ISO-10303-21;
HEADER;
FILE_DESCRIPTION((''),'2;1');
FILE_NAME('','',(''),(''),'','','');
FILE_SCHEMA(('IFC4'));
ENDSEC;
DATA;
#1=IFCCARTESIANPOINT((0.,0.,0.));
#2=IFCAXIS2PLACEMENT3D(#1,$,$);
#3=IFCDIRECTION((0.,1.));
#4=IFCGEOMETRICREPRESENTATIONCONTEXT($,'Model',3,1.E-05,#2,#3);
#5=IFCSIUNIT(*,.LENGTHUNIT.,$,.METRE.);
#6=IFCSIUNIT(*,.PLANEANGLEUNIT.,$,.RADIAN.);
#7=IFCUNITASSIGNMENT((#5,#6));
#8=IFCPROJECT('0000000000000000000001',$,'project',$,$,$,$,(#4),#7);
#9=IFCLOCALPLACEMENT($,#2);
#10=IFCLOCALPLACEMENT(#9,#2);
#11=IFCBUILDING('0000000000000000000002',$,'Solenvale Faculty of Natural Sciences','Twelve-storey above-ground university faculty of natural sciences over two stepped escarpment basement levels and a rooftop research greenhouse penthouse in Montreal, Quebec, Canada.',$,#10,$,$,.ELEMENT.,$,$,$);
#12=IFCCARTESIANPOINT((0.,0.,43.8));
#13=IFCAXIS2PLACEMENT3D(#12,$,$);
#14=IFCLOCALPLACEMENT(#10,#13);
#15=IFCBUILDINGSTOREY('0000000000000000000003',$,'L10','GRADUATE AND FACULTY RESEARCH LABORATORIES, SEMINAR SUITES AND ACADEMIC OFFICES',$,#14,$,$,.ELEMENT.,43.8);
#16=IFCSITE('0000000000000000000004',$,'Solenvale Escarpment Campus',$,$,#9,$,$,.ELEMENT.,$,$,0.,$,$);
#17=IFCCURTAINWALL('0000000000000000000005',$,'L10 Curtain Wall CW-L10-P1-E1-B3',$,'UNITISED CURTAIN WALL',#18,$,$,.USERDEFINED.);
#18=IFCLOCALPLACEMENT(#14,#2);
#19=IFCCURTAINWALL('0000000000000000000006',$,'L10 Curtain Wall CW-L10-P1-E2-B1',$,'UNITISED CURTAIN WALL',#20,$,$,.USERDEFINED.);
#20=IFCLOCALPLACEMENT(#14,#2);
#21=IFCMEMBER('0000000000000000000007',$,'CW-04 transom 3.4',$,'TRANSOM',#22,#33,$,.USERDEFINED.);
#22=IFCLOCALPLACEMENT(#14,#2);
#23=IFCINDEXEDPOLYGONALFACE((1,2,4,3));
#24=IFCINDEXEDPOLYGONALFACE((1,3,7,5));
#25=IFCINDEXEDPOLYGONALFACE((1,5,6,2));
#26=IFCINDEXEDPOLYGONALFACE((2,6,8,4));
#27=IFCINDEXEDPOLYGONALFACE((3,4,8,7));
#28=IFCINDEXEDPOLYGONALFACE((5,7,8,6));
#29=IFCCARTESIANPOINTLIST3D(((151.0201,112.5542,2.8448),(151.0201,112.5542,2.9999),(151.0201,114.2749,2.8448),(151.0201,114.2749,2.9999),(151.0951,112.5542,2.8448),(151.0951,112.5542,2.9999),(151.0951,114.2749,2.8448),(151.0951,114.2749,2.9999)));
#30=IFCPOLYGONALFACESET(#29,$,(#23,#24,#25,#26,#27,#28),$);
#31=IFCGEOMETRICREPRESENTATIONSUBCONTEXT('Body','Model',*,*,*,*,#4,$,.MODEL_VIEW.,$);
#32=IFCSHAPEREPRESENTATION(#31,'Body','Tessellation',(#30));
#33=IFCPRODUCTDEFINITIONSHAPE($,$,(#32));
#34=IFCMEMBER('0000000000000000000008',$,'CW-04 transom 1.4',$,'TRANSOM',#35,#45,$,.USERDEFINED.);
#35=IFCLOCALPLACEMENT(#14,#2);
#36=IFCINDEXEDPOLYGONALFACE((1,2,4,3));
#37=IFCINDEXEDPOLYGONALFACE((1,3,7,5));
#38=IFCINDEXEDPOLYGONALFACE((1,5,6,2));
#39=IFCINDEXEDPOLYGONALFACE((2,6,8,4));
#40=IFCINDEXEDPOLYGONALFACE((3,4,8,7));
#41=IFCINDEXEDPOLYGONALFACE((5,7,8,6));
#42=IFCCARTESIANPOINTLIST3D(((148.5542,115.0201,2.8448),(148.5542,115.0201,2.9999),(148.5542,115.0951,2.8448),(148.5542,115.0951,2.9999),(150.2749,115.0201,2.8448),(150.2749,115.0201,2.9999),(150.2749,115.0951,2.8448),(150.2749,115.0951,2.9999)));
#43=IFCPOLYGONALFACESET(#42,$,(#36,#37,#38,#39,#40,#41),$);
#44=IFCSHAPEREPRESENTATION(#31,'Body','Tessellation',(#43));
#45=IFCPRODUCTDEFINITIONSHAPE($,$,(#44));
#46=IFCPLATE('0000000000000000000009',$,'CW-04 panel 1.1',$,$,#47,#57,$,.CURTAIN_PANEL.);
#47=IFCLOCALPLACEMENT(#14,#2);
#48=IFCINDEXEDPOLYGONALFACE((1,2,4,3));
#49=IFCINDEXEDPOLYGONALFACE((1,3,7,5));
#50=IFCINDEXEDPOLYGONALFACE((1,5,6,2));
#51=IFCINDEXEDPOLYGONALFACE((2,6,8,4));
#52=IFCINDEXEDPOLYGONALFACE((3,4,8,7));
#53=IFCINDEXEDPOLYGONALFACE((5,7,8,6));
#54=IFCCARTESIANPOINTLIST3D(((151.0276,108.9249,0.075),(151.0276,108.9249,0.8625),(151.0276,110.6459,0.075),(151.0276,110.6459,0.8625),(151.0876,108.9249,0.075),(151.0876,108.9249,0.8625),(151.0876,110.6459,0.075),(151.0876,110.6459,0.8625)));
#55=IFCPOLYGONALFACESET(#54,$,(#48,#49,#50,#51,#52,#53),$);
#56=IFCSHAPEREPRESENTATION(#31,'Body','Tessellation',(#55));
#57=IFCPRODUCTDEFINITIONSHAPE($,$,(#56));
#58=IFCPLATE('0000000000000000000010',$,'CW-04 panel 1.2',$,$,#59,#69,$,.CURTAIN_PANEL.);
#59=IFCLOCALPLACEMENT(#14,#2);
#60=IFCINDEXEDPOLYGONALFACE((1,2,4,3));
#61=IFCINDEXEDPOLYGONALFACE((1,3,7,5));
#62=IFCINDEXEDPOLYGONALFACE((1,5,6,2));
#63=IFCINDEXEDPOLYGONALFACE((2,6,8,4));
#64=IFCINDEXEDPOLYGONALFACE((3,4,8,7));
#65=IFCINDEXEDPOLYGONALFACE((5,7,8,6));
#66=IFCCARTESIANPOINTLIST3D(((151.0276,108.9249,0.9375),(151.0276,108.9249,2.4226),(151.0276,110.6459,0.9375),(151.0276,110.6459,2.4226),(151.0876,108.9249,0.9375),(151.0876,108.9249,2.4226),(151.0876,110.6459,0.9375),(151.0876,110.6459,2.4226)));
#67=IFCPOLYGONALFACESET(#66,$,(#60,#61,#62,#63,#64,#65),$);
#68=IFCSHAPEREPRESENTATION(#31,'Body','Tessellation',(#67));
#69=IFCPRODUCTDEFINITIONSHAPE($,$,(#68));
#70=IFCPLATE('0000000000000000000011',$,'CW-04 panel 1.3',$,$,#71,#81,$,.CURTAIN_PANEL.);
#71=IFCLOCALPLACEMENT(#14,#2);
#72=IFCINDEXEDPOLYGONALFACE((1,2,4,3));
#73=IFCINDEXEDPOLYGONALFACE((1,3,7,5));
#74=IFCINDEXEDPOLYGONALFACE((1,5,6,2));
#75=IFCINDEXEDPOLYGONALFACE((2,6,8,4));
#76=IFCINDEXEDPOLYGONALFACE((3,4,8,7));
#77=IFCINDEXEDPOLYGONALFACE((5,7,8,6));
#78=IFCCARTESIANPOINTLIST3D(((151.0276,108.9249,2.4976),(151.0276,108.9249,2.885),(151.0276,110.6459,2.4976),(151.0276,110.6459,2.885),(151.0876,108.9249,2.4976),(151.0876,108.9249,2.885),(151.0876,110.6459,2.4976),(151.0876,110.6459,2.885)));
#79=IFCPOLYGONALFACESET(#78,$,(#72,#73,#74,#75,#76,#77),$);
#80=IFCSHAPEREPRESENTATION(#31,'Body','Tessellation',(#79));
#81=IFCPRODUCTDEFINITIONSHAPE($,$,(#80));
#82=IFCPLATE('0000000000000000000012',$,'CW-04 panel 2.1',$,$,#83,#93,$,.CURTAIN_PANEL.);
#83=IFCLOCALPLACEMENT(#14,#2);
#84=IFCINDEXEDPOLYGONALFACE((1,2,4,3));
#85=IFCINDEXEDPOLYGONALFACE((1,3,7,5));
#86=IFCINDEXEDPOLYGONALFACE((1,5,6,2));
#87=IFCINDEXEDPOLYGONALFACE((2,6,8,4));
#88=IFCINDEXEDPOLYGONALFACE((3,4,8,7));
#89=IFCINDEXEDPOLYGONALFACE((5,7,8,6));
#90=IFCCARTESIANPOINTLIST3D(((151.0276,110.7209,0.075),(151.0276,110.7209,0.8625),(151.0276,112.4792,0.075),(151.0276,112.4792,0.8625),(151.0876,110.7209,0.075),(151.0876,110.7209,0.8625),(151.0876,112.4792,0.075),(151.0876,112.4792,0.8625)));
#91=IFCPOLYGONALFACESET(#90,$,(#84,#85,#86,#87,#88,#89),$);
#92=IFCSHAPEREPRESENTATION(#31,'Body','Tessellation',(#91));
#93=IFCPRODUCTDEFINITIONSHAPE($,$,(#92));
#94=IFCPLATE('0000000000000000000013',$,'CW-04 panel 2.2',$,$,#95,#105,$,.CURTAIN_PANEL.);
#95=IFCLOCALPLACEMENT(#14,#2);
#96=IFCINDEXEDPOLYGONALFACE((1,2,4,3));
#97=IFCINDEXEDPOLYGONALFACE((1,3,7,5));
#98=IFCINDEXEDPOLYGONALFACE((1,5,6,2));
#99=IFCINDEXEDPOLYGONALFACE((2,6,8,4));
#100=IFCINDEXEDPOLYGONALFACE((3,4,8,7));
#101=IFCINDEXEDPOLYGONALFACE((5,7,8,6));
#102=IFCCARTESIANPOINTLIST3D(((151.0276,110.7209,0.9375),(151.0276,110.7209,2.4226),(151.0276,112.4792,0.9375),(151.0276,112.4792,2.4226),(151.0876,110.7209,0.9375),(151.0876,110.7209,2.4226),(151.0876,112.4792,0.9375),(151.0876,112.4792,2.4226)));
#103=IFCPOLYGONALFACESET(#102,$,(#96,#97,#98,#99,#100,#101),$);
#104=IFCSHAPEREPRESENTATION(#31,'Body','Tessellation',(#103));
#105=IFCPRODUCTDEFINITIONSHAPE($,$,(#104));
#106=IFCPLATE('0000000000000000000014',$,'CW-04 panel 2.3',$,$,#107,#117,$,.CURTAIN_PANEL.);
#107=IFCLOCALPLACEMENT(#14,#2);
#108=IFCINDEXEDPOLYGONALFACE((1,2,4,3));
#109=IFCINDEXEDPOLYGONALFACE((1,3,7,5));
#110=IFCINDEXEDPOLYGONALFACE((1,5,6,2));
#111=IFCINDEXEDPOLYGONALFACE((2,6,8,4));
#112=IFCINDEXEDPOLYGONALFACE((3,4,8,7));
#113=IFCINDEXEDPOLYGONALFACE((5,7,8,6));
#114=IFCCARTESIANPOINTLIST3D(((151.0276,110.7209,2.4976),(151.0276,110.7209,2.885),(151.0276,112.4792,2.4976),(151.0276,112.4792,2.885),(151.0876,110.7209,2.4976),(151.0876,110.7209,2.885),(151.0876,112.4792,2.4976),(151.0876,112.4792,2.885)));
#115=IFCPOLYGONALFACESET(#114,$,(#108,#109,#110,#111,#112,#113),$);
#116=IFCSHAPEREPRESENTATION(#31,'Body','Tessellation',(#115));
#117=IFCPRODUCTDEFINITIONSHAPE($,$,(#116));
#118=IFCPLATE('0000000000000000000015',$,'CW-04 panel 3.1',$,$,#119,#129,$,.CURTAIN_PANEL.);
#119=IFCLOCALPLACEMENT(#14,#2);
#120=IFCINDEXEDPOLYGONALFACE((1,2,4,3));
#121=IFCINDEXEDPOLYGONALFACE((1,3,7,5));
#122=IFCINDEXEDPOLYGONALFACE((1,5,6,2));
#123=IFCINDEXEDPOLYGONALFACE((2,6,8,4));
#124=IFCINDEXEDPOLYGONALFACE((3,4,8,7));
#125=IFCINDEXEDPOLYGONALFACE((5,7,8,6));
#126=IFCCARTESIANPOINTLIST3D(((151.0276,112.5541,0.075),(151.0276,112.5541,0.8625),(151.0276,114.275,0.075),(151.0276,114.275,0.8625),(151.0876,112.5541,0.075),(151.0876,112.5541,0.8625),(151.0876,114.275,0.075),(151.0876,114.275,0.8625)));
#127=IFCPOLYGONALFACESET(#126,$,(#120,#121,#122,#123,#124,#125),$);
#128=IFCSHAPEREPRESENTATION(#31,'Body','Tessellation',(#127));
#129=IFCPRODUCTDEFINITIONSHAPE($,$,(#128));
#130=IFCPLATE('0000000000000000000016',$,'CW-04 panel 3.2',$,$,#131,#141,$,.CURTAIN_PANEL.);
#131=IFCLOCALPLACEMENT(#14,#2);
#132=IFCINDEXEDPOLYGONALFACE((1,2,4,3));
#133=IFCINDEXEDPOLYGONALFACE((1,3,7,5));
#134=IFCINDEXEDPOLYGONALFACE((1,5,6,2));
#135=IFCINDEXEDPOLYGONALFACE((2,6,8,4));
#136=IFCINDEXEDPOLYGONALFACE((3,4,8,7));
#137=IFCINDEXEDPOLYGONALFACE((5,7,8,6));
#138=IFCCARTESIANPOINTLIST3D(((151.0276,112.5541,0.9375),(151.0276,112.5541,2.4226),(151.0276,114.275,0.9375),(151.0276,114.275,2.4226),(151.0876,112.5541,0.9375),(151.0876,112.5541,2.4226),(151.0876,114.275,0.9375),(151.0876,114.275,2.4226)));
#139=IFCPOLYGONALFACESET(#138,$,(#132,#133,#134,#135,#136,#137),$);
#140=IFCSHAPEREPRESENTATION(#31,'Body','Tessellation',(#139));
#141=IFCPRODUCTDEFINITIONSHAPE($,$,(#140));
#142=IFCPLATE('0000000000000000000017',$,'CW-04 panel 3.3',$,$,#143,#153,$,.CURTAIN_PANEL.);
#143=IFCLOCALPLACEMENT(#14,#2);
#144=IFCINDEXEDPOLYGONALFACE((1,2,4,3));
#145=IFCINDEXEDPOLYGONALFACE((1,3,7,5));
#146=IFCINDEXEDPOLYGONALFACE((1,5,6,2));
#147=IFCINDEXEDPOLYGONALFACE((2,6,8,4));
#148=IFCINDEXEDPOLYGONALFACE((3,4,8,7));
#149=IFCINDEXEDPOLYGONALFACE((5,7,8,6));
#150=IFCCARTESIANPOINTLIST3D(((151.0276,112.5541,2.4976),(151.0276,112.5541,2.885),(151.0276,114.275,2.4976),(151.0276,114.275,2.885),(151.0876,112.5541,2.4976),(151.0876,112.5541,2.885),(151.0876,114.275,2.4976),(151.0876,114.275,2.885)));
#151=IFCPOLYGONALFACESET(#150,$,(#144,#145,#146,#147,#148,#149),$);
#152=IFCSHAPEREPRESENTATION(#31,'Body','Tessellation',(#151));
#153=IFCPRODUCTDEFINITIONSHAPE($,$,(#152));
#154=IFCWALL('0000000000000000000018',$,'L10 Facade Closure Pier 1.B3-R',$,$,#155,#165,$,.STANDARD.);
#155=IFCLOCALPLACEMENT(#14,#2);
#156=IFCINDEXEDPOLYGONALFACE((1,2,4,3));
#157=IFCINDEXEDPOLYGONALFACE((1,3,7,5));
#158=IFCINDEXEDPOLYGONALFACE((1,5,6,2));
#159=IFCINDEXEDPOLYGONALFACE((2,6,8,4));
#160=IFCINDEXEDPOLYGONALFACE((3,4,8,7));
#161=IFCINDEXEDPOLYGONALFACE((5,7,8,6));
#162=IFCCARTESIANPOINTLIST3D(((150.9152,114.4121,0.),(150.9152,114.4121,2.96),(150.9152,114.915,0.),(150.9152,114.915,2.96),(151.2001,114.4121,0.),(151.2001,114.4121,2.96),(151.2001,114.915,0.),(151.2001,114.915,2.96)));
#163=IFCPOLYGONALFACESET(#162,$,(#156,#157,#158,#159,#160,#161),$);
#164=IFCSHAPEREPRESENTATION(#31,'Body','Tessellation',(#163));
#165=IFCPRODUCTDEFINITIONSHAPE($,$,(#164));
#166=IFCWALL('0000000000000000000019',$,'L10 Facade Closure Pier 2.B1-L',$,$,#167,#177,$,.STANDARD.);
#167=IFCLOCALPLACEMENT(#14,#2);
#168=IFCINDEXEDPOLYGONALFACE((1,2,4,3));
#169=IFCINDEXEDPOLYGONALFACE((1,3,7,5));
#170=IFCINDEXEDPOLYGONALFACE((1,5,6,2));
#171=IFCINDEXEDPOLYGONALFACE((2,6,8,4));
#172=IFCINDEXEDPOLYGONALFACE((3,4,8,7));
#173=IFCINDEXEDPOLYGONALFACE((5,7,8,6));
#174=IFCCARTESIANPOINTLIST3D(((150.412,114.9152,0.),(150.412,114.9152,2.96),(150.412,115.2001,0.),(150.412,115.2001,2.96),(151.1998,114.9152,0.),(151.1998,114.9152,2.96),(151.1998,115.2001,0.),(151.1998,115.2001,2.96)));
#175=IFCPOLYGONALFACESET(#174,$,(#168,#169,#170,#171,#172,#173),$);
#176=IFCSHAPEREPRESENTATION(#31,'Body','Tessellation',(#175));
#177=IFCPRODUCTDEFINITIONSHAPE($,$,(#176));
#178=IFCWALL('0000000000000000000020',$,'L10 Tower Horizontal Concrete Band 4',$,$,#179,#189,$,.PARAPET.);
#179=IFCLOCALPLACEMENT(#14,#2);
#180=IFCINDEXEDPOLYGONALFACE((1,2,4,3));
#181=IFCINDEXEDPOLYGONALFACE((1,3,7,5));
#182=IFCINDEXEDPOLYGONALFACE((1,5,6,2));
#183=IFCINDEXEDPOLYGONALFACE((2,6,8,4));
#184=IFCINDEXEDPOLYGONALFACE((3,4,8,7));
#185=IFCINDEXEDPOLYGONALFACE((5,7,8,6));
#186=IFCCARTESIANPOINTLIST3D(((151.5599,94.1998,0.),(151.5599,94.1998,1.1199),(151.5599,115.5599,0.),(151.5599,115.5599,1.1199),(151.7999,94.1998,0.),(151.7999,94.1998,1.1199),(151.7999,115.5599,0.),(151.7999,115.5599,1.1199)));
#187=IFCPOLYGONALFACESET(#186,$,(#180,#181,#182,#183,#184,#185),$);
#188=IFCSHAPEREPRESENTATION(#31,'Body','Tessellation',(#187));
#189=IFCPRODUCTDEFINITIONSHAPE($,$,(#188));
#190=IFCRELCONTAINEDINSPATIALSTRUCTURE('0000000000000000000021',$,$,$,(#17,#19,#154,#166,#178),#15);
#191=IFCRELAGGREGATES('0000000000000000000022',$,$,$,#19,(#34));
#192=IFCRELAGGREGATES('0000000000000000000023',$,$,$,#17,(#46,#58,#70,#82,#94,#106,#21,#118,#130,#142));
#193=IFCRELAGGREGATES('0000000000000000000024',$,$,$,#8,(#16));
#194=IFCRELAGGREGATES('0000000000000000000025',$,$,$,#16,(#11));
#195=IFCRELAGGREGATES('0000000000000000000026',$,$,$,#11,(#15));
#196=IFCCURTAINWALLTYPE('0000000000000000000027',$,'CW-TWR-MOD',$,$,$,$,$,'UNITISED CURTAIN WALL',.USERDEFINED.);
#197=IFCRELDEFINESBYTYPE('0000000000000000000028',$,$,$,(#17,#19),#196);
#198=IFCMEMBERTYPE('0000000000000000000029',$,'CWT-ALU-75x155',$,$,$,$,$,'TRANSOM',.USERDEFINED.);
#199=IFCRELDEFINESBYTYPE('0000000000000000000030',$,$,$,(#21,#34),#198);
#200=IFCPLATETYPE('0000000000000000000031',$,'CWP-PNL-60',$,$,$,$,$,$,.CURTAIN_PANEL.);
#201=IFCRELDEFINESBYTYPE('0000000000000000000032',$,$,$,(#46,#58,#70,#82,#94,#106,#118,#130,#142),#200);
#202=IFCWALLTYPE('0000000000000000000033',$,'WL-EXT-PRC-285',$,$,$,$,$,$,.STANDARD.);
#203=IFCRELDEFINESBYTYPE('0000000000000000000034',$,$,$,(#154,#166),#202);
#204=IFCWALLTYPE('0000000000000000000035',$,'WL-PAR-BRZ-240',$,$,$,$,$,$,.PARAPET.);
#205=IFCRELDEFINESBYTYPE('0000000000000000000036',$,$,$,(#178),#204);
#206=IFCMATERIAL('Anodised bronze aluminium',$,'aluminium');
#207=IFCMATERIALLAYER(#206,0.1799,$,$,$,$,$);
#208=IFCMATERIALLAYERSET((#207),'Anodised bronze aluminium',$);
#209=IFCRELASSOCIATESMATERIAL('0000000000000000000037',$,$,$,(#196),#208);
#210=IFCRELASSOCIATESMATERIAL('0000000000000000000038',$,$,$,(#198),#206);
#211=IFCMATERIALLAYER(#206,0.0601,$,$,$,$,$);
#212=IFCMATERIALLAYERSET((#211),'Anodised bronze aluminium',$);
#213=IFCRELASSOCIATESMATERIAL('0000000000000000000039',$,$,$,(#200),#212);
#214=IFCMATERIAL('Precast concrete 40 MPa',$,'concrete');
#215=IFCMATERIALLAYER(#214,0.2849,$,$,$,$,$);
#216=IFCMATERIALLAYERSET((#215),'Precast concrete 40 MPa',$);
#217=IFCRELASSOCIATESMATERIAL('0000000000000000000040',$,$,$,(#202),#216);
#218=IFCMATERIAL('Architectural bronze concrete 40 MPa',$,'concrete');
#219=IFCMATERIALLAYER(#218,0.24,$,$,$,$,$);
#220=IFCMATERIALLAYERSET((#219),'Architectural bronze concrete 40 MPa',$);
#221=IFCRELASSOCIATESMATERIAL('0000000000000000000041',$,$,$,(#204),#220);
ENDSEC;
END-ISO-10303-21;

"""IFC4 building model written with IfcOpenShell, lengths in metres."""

from ifc_helpers import new_model, si_unit, direction, frame, frame_2d, origin, origin_2d, place, context, subcontext, project, spatial, rectangle, extrude, material, layer, layer_set, material_profile, profile_set, type_object, element, aggregate, save


model = new_model("IFC4")

# Units and contexts
model_context = context("Model", 3, precision=1e-05, world=origin(), true_north=direction((0.0, 1.0)))
body_context = subcontext(model_context, "Body", "Model", "MODEL_VIEW")
ifc_project = project(units=[si_unit("LENGTHUNIT", "METRE"), si_unit("PLANEANGLEUNIT", "RADIAN")], contexts=[model_context])

# Site, building, storey
site_placement = place(None, origin())
site = spatial("IfcSite", under=ifc_project, at=site_placement, Name="Solenvale Escarpment Campus", CompositionType="ELEMENT", RefElevation=0.0)
building_placement = place(site_placement, origin())
building = spatial("IfcBuilding", under=site, at=building_placement, Name="Solenvale Faculty of Natural Sciences", Description="Twelve-storey above-ground university faculty of natural sciences over two stepped escarpment basement levels and a rooftop research greenhouse penthouse in Montreal, Quebec, Canada.", CompositionType="ELEMENT")
storey_placement = place(building_placement, frame((0.0, 0.0, 43.8)))
storey = spatial("IfcBuildingStorey", under=building, at=storey_placement, Name="L10", Description="GRADUATE AND FACULTY RESEARCH LABORATORIES, SEMINAR SUITES AND ACADEMIC OFFICES", CompositionType="ELEMENT", Elevation=43.8)

# Curtain wall
ifc_material_1 = material(Name="Anodised bronze aluminium", Category="aluminium")
ifc_layer_1 = layer(ifc_material_1, 0.1799)
ifc_layer_set_1 = layer_set([ifc_layer_1], Name="Anodised bronze aluminium")
curtain_wall_type = type_object("IfcCurtainWallType", Name="CW-TWR-MOD", ElementType="UNITISED CURTAIN WALL", PredefinedType="USERDEFINED", material=ifc_layer_set_1)
curtain_wall_1_placement = place(storey_placement, origin())
curtain_wall_1 = element("IfcCurtainWall", 1, at=curtain_wall_1_placement, inside=storey, type_object=curtain_wall_type, Name="L10 Curtain Wall CW-L10-P1-E1-B3", ObjectType="UNITISED CURTAIN WALL", PredefinedType="USERDEFINED")

# Curtain wall
curtain_wall_2_placement = place(storey_placement, origin())
curtain_wall_2 = element("IfcCurtainWall", 2, at=curtain_wall_2_placement, inside=storey, type_object=curtain_wall_type, Name="L10 Curtain Wall CW-L10-P1-E2-B1", ObjectType="UNITISED CURTAIN WALL", PredefinedType="USERDEFINED")

# Members
ifc_material_profile_1 = material_profile(ifc_material_1, rectangle(XDim=0.075, YDim=0.155, at=origin_2d()), Name="ALU-TRN-75x155")
ifc_profile_set_1 = profile_set([ifc_material_profile_1], Name="Anodised bronze aluminium")
member_type_1 = type_object("IfcMemberType", Name="CWT-ALU-75x155", ElementType="TRANSOM", PredefinedType="USERDEFINED", material=ifc_profile_set_1)
member_1_placement = place(storey_placement, frame((151.0576, 112.5542, 2.9224), z_axis=(0.0, 1.0, 0.0), x_axis=(-1.0, 0.0, 0.0)))
member_1 = element("IfcMember", 3, at=member_1_placement, type_object=member_type_1, Name="CW-04 transom 3.4", ObjectType="TRANSOM", PredefinedType="USERDEFINED", context=body_context, shape_type="SweptSolid", body=[
    extrude(rectangle(XDim=0.075, YDim=0.155, at=origin_2d()), origin(), (0.0, 0.0, 1.0), 1.7207),
])
member_2_placement = place(storey_placement, frame((150.2749, 115.0576, 2.9224), z_axis=(-1.0, 0.0, 0.0), x_axis=(0.0, -1.0, 0.0)))
member_2 = element("IfcMember", 4, at=member_2_placement, type_object=member_type_1, Name="CW-04 transom 1.4", ObjectType="TRANSOM", PredefinedType="USERDEFINED", context=body_context, shape_type="SweptSolid", body=[
    extrude(rectangle(XDim=0.075, YDim=0.155, at=origin_2d()), origin(), (0.0, 0.0, 1.0), 1.7207),
])
aggregate(curtain_wall_2, [member_2])

# Plates
ifc_layer_2 = layer(ifc_material_1, 0.0601)
ifc_layer_set_2 = layer_set([ifc_layer_2], Name="Anodised bronze aluminium")
plate_type = type_object("IfcPlateType", Name="CWP-PNL-60", PredefinedType="CURTAIN_PANEL", material=ifc_layer_set_2)
plate_1_placement = place(storey_placement, frame((151.0576, 109.7854, 0.075), z_axis=(0.0, 0.0, 1.0), x_axis=(0.0, 1.0, 0.0)))
plate_1 = element("IfcPlate", 5, at=plate_1_placement, type_object=plate_type, Name="CW-04 panel 1.1", PredefinedType="CURTAIN_PANEL", context=body_context, shape_type="SweptSolid", body=[
    extrude(rectangle(XDim=1.7209, YDim=0.0601, at=origin_2d()), origin(), (0.0, 0.0, 1.0), 0.7876),
])
plate_2_placement = place(storey_placement, frame((151.0576, 109.7854, 0.9375), z_axis=(0.0, 0.0, 1.0), x_axis=(0.0, 1.0, 0.0)))
plate_2 = element("IfcPlate", 6, at=plate_2_placement, type_object=plate_type, Name="CW-04 panel 1.2", PredefinedType="CURTAIN_PANEL", context=body_context, shape_type="SweptSolid", body=[
    extrude(rectangle(XDim=1.7209, YDim=0.0601, at=origin_2d()), origin(), (0.0, 0.0, 1.0), 1.4851),
])
plate_3_placement = place(storey_placement, frame((151.0576, 109.7854, 2.4976), z_axis=(0.0, 0.0, 1.0), x_axis=(0.0, 1.0, 0.0)))
plate_3 = element("IfcPlate", 7, at=plate_3_placement, type_object=plate_type, Name="CW-04 panel 1.3", PredefinedType="CURTAIN_PANEL", context=body_context, shape_type="SweptSolid", body=[
    extrude(rectangle(XDim=1.7209, YDim=0.0601, at=origin_2d()), origin(), (0.0, 0.0, 1.0), 0.3875),
])
plate_4_placement = place(storey_placement, frame((151.0576, 111.6001, 0.075), z_axis=(0.0, 0.0, 1.0), x_axis=(0.0, 1.0, 0.0)))
plate_4 = element("IfcPlate", 8, at=plate_4_placement, type_object=plate_type, Name="CW-04 panel 2.1", PredefinedType="CURTAIN_PANEL", context=body_context, shape_type="SweptSolid", body=[
    extrude(rectangle(XDim=1.7583, YDim=0.0601, at=origin_2d()), origin(), (0.0, 0.0, 1.0), 0.7876),
])
plate_5_placement = place(storey_placement, frame((151.0576, 111.6001, 0.9375), z_axis=(0.0, 0.0, 1.0), x_axis=(0.0, 1.0, 0.0)))
plate_5 = element("IfcPlate", 9, at=plate_5_placement, type_object=plate_type, Name="CW-04 panel 2.2", PredefinedType="CURTAIN_PANEL", context=body_context, shape_type="SweptSolid", body=[
    extrude(rectangle(XDim=1.7583, YDim=0.0601, at=origin_2d()), origin(), (0.0, 0.0, 1.0), 1.4851),
])
plate_6_placement = place(storey_placement, frame((151.0576, 111.6001, 2.4976), z_axis=(0.0, 0.0, 1.0), x_axis=(0.0, 1.0, 0.0)))
plate_6 = element("IfcPlate", 10, at=plate_6_placement, type_object=plate_type, Name="CW-04 panel 2.3", PredefinedType="CURTAIN_PANEL", context=body_context, shape_type="SweptSolid", body=[
    extrude(rectangle(XDim=1.7583, YDim=0.0601, at=origin_2d()), origin(), (0.0, 0.0, 1.0), 0.3875),
])
plate_7_placement = place(storey_placement, frame((151.0576, 113.4146, 0.075), z_axis=(0.0, 0.0, 1.0), x_axis=(0.0, 1.0, 0.0)))
plate_7 = element("IfcPlate", 11, at=plate_7_placement, type_object=plate_type, Name="CW-04 panel 3.1", PredefinedType="CURTAIN_PANEL", context=body_context, shape_type="SweptSolid", body=[
    extrude(rectangle(XDim=1.7209, YDim=0.0601, at=origin_2d()), origin(), (0.0, 0.0, 1.0), 0.7876),
])
plate_8_placement = place(storey_placement, frame((151.0576, 113.4146, 0.9375), z_axis=(0.0, 0.0, 1.0), x_axis=(0.0, 1.0, 0.0)))
plate_8 = element("IfcPlate", 12, at=plate_8_placement, type_object=plate_type, Name="CW-04 panel 3.2", PredefinedType="CURTAIN_PANEL", context=body_context, shape_type="SweptSolid", body=[
    extrude(rectangle(XDim=1.7209, YDim=0.0601, at=origin_2d()), origin(), (0.0, 0.0, 1.0), 1.4851),
])
plate_9_placement = place(storey_placement, frame((151.0576, 113.4146, 2.4976), z_axis=(0.0, 0.0, 1.0), x_axis=(0.0, 1.0, 0.0)))
plate_9 = element("IfcPlate", 13, at=plate_9_placement, type_object=plate_type, Name="CW-04 panel 3.3", PredefinedType="CURTAIN_PANEL", context=body_context, shape_type="SweptSolid", body=[
    extrude(rectangle(XDim=1.7209, YDim=0.0601, at=origin_2d()), origin(), (0.0, 0.0, 1.0), 0.3875),
])
aggregate(curtain_wall_1, [plate_1, plate_2, plate_3, plate_4, plate_5, plate_6, member_1, plate_7, plate_8, plate_9])

# Walls
ifc_material_2 = material(Name="Precast concrete 40 MPa", Category="concrete")
ifc_layer_3 = layer(ifc_material_2, 0.2849)
ifc_layer_set_3 = layer_set([ifc_layer_3], Name="Precast concrete 40 MPa")
wall_type_1 = type_object("IfcWallType", Name="WL-EXT-PRC-285", PredefinedType="STANDARD", material=ifc_layer_set_3)
wall_1_placement = place(storey_placement, frame((151.0576, 114.4121, 0.0), z_axis=(0.0, 0.0, 1.0), x_axis=(0.0, 1.0, 0.0)))
element("IfcWall", 14, at=wall_1_placement, inside=storey, type_object=wall_type_1, Name="L10 Facade Closure Pier 1.B3-R", PredefinedType="STANDARD", context=body_context, shape_type="SweptSolid", body=[
    extrude(rectangle(XDim=0.5029, YDim=0.2849, at=frame_2d((0.2515, 0.0))), origin(), (0.0, 0.0, 1.0), 2.96),
])
wall_2_placement = place(storey_placement, frame((151.2, 115.0576, 0.0), z_axis=(0.0, 0.0, 1.0), x_axis=(-1.0, 0.0, 0.0)))
element("IfcWall", 15, at=wall_2_placement, inside=storey, type_object=wall_type_1, Name="L10 Facade Closure Pier 2.B1-L", PredefinedType="STANDARD", context=body_context, shape_type="SweptSolid", body=[
    extrude(rectangle(XDim=0.7878, YDim=0.2849, at=frame_2d((0.394, 0.0))), origin(), (0.0, 0.0, 1.0), 2.96),
])
ifc_material_3 = material(Name="Architectural bronze concrete 40 MPa", Category="concrete")
ifc_layer_4 = layer(ifc_material_3, 0.24)
ifc_layer_set_4 = layer_set([ifc_layer_4], Name="Architectural bronze concrete 40 MPa")
wall_type_2 = type_object("IfcWallType", Name="WL-PAR-BRZ-240", PredefinedType="PARAPET", material=ifc_layer_set_4)
wall_3_placement = place(storey_placement, frame((151.6799, 115.5601, 0.0), z_axis=(0.0, 0.0, 1.0), x_axis=(0.0, -1.0, 0.0)))
element("IfcWall", 16, at=wall_3_placement, inside=storey, type_object=wall_type_2, Name="L10 Tower Horizontal Concrete Band 4", PredefinedType="PARAPET", context=body_context, shape_type="SweptSolid", body=[
    extrude(rectangle(XDim=21.3601, YDim=0.24, at=frame_2d((10.6802, 0.0))), origin(), (0.0, 0.0, 1.0), 1.1199),
])

save(model, "model.ifc")
